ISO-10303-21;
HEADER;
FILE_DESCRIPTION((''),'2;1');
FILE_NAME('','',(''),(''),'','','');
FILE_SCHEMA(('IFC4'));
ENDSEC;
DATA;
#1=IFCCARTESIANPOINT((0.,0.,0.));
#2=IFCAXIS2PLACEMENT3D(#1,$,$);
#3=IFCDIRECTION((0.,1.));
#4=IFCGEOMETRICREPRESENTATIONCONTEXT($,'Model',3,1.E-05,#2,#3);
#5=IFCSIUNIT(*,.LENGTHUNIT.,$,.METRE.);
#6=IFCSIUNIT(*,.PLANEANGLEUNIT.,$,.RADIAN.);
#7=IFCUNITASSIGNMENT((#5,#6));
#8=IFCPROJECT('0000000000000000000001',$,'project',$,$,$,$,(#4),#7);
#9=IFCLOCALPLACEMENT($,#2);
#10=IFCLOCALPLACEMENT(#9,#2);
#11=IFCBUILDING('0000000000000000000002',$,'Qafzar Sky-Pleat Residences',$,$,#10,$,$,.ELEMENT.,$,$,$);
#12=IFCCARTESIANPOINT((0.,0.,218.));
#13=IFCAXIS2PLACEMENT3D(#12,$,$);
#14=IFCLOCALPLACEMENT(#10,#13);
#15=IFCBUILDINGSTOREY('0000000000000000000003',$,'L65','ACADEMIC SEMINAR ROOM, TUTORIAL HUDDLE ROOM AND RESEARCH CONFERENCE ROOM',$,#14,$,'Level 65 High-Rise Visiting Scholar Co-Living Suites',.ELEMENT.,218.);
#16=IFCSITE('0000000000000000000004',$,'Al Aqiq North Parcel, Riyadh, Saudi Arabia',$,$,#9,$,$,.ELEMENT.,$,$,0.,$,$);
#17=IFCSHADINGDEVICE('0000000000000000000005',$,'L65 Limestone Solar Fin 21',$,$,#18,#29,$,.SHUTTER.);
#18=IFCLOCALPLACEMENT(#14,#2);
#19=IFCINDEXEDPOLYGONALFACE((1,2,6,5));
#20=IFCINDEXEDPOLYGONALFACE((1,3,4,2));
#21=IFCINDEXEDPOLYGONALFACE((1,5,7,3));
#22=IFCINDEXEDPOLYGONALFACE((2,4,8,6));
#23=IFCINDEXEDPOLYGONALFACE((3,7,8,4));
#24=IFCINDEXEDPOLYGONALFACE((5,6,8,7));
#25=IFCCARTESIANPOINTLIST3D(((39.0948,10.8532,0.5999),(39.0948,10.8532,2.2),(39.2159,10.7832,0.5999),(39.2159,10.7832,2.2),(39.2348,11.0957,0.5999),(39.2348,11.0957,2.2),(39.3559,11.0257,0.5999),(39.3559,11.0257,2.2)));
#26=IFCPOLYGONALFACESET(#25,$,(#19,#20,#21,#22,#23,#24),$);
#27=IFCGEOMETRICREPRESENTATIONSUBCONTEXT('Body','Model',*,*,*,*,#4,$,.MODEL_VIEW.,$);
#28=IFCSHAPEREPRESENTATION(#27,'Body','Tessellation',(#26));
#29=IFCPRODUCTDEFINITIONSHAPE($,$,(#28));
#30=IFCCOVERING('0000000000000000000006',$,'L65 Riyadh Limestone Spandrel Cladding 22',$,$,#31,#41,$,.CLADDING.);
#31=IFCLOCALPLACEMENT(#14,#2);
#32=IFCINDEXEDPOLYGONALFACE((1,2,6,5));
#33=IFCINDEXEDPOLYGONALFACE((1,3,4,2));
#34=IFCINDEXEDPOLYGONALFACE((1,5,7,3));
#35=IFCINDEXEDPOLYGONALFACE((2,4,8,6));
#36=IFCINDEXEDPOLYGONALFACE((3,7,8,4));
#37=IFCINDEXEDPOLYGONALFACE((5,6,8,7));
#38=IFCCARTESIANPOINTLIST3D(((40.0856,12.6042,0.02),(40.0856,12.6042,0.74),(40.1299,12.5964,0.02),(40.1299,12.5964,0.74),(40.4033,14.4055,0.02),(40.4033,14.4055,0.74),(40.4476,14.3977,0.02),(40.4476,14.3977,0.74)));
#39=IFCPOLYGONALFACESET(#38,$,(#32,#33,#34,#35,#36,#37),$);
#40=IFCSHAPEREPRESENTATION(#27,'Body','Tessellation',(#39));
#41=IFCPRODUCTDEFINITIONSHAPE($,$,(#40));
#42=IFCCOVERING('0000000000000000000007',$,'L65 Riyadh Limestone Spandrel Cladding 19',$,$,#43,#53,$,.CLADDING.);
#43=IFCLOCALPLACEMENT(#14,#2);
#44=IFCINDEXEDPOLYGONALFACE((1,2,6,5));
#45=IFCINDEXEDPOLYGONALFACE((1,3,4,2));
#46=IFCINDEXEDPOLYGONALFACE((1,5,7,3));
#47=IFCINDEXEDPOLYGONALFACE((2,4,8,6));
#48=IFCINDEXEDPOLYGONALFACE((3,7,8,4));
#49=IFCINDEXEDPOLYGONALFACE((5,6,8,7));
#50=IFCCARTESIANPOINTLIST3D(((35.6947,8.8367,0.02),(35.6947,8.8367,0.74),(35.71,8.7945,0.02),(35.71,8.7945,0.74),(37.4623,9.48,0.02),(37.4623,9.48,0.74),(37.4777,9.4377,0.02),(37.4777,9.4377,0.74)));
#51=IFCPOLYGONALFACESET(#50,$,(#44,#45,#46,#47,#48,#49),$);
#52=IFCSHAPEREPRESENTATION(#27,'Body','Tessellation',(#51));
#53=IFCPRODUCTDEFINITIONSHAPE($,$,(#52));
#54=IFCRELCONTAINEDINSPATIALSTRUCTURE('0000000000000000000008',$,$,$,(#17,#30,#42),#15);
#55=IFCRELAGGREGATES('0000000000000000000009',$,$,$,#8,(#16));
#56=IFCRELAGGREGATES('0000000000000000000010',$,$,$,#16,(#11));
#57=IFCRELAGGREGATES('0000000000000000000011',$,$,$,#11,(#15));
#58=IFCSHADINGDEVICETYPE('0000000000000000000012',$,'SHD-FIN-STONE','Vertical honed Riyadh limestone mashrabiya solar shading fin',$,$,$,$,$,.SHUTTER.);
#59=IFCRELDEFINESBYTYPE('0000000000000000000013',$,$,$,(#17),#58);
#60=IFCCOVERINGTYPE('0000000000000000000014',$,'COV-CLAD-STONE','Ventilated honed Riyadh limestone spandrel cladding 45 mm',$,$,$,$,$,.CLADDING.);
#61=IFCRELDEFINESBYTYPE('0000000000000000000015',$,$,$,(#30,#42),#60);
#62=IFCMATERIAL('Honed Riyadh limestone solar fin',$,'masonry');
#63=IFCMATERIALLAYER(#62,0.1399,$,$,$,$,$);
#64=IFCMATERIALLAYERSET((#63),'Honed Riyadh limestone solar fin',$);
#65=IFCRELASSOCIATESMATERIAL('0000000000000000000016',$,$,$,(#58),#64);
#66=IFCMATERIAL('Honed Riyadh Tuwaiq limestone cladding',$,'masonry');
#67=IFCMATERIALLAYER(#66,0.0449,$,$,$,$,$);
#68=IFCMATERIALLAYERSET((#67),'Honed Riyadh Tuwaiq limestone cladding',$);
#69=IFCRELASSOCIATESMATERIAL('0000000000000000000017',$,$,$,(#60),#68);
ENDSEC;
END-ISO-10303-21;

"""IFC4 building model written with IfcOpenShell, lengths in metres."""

from ifc_helpers import new_model, si_unit, direction, frame, origin, origin_2d, place, context, subcontext, project, spatial, rectangle, extrude, source, transform, mapped, material, layer, layer_set, type_object, element, save


model = new_model("IFC4")

# Units and contexts
model_context = context("Model", 3, precision=1e-05, world=origin(), true_north=direction((0.0, 1.0)))
body_context = subcontext(model_context, "Body", "Model", "MODEL_VIEW")
ifc_project = project(units=[si_unit("LENGTHUNIT", "METRE"), si_unit("PLANEANGLEUNIT", "RADIAN")], contexts=[model_context])

# Site, building, storey
site_placement = place(None, origin())
site = spatial("IfcSite", under=ifc_project, at=site_placement, Name="Al Aqiq North Parcel, Riyadh, Saudi Arabia", CompositionType="ELEMENT", RefElevation=0.0)
building_placement = place(site_placement, origin())
building = spatial("IfcBuilding", under=site, at=building_placement, Name="Qafzar Sky-Pleat Residences", CompositionType="ELEMENT")
storey_placement = place(building_placement, frame((0.0, 0.0, 218.0)))
storey = spatial("IfcBuildingStorey", under=building, at=storey_placement, Name="L65", Description="ACADEMIC SEMINAR ROOM, TUTORIAL HUDDLE ROOM AND RESEARCH CONFERENCE ROOM", LongName="Level 65 High-Rise Visiting Scholar Co-Living Suites", CompositionType="ELEMENT", Elevation=218.0)

# Shading device
ifc_material_1 = material(Name="Honed Riyadh limestone solar fin", Category="masonry")
ifc_layer_1 = layer(ifc_material_1, 0.1399)
ifc_layer_set_1 = layer_set([ifc_layer_1], Name="Honed Riyadh limestone solar fin")
shading_device_type = type_object("IfcShadingDeviceType", Name="SHD-FIN-STONE", Description="Vertical honed Riyadh limestone mashrabiya solar shading fin", PredefinedType="SHUTTER", material=ifc_layer_set_1)
shared_shape_1 = source(origin(), body_context, "Body", "SweptSolid", [
    extrude(rectangle(XDim=0.1399, YDim=0.28, at=origin_2d()), origin(), (0.0, 0.0, 1.0), 1.6001),
])
shading_device_placement = place(storey_placement, frame((39.2253, 10.9395, 0.5999), z_axis=(0.0, 0.0, 1.0), x_axis=(0.866032, -0.499989, 0.0)))
element("IfcShadingDevice", 1, at=shading_device_placement, inside=storey, type_object=shading_device_type, Name="L65 Limestone Solar Fin 21", PredefinedType="SHUTTER", context=body_context, shape_type="MappedRepresentation", body=[
    mapped(shared_shape_1, transform((0.0, 0.0, 0.0), x_axis=(1.0, 0.0, 0.0), y_axis=(0.0, 1.0, 0.0), z_axis=(0.0, 0.0, 1.0), scale=1.0)),
])

# Coverings
ifc_material_2 = material(Name="Honed Riyadh Tuwaiq limestone cladding", Category="masonry")
ifc_layer_2 = layer(ifc_material_2, 0.0449)
ifc_layer_set_2 = layer_set([ifc_layer_2], Name="Honed Riyadh Tuwaiq limestone cladding")
covering_type = type_object("IfcCoveringType", Name="COV-CLAD-STONE", Description="Ventilated honed Riyadh limestone spandrel cladding 45 mm", PredefinedType="CLADDING", material=ifc_layer_set_2)
shared_shape_2 = source(origin(), body_context, "Body", "SweptSolid", [
    extrude(rectangle(XDim=1.8291, YDim=0.0449, at=origin_2d()), origin(), (0.0, 0.0, 1.0), 0.72),
])
covering_1_placement = place(storey_placement, frame((40.2666, 13.501, 0.02), z_axis=(0.0, 0.0, 1.0), x_axis=(0.173687, 0.984801, 0.0)))
element("IfcCovering", 2, at=covering_1_placement, inside=storey, type_object=covering_type, Name="L65 Riyadh Limestone Spandrel Cladding 22", PredefinedType="CLADDING", context=body_context, shape_type="MappedRepresentation", body=[
    mapped(shared_shape_2, transform((0.0, 0.0, 0.0), x_axis=(1.0, 0.0, 0.0), y_axis=(0.0, 1.0, 0.0), z_axis=(0.0, 0.0, 1.0), scale=1.0)),
])
shared_shape_3 = source(origin(), body_context, "Body", "SweptSolid", [
    extrude(rectangle(XDim=1.8811, YDim=0.0449, at=origin_2d()), origin(), (0.0, 0.0, 1.0), 0.72),
])
covering_2_placement = place(storey_placement, frame((36.5862, 9.1372, 0.02), z_axis=(0.0, 0.0, 1.0), x_axis=(0.93971, 0.341974, 0.0)))
element("IfcCovering", 3, at=covering_2_placement, inside=storey, type_object=covering_type, Name="L65 Riyadh Limestone Spandrel Cladding 19", PredefinedType="CLADDING", context=body_context, shape_type="MappedRepresentation", body=[
    mapped(shared_shape_3, transform((0.0, 0.0, 0.0), x_axis=(1.0, 0.0, 0.0), y_axis=(0.0, 1.0, 0.0), z_axis=(0.0, 0.0, 1.0), scale=1.0)),
])

save(model, "model.ifc")
